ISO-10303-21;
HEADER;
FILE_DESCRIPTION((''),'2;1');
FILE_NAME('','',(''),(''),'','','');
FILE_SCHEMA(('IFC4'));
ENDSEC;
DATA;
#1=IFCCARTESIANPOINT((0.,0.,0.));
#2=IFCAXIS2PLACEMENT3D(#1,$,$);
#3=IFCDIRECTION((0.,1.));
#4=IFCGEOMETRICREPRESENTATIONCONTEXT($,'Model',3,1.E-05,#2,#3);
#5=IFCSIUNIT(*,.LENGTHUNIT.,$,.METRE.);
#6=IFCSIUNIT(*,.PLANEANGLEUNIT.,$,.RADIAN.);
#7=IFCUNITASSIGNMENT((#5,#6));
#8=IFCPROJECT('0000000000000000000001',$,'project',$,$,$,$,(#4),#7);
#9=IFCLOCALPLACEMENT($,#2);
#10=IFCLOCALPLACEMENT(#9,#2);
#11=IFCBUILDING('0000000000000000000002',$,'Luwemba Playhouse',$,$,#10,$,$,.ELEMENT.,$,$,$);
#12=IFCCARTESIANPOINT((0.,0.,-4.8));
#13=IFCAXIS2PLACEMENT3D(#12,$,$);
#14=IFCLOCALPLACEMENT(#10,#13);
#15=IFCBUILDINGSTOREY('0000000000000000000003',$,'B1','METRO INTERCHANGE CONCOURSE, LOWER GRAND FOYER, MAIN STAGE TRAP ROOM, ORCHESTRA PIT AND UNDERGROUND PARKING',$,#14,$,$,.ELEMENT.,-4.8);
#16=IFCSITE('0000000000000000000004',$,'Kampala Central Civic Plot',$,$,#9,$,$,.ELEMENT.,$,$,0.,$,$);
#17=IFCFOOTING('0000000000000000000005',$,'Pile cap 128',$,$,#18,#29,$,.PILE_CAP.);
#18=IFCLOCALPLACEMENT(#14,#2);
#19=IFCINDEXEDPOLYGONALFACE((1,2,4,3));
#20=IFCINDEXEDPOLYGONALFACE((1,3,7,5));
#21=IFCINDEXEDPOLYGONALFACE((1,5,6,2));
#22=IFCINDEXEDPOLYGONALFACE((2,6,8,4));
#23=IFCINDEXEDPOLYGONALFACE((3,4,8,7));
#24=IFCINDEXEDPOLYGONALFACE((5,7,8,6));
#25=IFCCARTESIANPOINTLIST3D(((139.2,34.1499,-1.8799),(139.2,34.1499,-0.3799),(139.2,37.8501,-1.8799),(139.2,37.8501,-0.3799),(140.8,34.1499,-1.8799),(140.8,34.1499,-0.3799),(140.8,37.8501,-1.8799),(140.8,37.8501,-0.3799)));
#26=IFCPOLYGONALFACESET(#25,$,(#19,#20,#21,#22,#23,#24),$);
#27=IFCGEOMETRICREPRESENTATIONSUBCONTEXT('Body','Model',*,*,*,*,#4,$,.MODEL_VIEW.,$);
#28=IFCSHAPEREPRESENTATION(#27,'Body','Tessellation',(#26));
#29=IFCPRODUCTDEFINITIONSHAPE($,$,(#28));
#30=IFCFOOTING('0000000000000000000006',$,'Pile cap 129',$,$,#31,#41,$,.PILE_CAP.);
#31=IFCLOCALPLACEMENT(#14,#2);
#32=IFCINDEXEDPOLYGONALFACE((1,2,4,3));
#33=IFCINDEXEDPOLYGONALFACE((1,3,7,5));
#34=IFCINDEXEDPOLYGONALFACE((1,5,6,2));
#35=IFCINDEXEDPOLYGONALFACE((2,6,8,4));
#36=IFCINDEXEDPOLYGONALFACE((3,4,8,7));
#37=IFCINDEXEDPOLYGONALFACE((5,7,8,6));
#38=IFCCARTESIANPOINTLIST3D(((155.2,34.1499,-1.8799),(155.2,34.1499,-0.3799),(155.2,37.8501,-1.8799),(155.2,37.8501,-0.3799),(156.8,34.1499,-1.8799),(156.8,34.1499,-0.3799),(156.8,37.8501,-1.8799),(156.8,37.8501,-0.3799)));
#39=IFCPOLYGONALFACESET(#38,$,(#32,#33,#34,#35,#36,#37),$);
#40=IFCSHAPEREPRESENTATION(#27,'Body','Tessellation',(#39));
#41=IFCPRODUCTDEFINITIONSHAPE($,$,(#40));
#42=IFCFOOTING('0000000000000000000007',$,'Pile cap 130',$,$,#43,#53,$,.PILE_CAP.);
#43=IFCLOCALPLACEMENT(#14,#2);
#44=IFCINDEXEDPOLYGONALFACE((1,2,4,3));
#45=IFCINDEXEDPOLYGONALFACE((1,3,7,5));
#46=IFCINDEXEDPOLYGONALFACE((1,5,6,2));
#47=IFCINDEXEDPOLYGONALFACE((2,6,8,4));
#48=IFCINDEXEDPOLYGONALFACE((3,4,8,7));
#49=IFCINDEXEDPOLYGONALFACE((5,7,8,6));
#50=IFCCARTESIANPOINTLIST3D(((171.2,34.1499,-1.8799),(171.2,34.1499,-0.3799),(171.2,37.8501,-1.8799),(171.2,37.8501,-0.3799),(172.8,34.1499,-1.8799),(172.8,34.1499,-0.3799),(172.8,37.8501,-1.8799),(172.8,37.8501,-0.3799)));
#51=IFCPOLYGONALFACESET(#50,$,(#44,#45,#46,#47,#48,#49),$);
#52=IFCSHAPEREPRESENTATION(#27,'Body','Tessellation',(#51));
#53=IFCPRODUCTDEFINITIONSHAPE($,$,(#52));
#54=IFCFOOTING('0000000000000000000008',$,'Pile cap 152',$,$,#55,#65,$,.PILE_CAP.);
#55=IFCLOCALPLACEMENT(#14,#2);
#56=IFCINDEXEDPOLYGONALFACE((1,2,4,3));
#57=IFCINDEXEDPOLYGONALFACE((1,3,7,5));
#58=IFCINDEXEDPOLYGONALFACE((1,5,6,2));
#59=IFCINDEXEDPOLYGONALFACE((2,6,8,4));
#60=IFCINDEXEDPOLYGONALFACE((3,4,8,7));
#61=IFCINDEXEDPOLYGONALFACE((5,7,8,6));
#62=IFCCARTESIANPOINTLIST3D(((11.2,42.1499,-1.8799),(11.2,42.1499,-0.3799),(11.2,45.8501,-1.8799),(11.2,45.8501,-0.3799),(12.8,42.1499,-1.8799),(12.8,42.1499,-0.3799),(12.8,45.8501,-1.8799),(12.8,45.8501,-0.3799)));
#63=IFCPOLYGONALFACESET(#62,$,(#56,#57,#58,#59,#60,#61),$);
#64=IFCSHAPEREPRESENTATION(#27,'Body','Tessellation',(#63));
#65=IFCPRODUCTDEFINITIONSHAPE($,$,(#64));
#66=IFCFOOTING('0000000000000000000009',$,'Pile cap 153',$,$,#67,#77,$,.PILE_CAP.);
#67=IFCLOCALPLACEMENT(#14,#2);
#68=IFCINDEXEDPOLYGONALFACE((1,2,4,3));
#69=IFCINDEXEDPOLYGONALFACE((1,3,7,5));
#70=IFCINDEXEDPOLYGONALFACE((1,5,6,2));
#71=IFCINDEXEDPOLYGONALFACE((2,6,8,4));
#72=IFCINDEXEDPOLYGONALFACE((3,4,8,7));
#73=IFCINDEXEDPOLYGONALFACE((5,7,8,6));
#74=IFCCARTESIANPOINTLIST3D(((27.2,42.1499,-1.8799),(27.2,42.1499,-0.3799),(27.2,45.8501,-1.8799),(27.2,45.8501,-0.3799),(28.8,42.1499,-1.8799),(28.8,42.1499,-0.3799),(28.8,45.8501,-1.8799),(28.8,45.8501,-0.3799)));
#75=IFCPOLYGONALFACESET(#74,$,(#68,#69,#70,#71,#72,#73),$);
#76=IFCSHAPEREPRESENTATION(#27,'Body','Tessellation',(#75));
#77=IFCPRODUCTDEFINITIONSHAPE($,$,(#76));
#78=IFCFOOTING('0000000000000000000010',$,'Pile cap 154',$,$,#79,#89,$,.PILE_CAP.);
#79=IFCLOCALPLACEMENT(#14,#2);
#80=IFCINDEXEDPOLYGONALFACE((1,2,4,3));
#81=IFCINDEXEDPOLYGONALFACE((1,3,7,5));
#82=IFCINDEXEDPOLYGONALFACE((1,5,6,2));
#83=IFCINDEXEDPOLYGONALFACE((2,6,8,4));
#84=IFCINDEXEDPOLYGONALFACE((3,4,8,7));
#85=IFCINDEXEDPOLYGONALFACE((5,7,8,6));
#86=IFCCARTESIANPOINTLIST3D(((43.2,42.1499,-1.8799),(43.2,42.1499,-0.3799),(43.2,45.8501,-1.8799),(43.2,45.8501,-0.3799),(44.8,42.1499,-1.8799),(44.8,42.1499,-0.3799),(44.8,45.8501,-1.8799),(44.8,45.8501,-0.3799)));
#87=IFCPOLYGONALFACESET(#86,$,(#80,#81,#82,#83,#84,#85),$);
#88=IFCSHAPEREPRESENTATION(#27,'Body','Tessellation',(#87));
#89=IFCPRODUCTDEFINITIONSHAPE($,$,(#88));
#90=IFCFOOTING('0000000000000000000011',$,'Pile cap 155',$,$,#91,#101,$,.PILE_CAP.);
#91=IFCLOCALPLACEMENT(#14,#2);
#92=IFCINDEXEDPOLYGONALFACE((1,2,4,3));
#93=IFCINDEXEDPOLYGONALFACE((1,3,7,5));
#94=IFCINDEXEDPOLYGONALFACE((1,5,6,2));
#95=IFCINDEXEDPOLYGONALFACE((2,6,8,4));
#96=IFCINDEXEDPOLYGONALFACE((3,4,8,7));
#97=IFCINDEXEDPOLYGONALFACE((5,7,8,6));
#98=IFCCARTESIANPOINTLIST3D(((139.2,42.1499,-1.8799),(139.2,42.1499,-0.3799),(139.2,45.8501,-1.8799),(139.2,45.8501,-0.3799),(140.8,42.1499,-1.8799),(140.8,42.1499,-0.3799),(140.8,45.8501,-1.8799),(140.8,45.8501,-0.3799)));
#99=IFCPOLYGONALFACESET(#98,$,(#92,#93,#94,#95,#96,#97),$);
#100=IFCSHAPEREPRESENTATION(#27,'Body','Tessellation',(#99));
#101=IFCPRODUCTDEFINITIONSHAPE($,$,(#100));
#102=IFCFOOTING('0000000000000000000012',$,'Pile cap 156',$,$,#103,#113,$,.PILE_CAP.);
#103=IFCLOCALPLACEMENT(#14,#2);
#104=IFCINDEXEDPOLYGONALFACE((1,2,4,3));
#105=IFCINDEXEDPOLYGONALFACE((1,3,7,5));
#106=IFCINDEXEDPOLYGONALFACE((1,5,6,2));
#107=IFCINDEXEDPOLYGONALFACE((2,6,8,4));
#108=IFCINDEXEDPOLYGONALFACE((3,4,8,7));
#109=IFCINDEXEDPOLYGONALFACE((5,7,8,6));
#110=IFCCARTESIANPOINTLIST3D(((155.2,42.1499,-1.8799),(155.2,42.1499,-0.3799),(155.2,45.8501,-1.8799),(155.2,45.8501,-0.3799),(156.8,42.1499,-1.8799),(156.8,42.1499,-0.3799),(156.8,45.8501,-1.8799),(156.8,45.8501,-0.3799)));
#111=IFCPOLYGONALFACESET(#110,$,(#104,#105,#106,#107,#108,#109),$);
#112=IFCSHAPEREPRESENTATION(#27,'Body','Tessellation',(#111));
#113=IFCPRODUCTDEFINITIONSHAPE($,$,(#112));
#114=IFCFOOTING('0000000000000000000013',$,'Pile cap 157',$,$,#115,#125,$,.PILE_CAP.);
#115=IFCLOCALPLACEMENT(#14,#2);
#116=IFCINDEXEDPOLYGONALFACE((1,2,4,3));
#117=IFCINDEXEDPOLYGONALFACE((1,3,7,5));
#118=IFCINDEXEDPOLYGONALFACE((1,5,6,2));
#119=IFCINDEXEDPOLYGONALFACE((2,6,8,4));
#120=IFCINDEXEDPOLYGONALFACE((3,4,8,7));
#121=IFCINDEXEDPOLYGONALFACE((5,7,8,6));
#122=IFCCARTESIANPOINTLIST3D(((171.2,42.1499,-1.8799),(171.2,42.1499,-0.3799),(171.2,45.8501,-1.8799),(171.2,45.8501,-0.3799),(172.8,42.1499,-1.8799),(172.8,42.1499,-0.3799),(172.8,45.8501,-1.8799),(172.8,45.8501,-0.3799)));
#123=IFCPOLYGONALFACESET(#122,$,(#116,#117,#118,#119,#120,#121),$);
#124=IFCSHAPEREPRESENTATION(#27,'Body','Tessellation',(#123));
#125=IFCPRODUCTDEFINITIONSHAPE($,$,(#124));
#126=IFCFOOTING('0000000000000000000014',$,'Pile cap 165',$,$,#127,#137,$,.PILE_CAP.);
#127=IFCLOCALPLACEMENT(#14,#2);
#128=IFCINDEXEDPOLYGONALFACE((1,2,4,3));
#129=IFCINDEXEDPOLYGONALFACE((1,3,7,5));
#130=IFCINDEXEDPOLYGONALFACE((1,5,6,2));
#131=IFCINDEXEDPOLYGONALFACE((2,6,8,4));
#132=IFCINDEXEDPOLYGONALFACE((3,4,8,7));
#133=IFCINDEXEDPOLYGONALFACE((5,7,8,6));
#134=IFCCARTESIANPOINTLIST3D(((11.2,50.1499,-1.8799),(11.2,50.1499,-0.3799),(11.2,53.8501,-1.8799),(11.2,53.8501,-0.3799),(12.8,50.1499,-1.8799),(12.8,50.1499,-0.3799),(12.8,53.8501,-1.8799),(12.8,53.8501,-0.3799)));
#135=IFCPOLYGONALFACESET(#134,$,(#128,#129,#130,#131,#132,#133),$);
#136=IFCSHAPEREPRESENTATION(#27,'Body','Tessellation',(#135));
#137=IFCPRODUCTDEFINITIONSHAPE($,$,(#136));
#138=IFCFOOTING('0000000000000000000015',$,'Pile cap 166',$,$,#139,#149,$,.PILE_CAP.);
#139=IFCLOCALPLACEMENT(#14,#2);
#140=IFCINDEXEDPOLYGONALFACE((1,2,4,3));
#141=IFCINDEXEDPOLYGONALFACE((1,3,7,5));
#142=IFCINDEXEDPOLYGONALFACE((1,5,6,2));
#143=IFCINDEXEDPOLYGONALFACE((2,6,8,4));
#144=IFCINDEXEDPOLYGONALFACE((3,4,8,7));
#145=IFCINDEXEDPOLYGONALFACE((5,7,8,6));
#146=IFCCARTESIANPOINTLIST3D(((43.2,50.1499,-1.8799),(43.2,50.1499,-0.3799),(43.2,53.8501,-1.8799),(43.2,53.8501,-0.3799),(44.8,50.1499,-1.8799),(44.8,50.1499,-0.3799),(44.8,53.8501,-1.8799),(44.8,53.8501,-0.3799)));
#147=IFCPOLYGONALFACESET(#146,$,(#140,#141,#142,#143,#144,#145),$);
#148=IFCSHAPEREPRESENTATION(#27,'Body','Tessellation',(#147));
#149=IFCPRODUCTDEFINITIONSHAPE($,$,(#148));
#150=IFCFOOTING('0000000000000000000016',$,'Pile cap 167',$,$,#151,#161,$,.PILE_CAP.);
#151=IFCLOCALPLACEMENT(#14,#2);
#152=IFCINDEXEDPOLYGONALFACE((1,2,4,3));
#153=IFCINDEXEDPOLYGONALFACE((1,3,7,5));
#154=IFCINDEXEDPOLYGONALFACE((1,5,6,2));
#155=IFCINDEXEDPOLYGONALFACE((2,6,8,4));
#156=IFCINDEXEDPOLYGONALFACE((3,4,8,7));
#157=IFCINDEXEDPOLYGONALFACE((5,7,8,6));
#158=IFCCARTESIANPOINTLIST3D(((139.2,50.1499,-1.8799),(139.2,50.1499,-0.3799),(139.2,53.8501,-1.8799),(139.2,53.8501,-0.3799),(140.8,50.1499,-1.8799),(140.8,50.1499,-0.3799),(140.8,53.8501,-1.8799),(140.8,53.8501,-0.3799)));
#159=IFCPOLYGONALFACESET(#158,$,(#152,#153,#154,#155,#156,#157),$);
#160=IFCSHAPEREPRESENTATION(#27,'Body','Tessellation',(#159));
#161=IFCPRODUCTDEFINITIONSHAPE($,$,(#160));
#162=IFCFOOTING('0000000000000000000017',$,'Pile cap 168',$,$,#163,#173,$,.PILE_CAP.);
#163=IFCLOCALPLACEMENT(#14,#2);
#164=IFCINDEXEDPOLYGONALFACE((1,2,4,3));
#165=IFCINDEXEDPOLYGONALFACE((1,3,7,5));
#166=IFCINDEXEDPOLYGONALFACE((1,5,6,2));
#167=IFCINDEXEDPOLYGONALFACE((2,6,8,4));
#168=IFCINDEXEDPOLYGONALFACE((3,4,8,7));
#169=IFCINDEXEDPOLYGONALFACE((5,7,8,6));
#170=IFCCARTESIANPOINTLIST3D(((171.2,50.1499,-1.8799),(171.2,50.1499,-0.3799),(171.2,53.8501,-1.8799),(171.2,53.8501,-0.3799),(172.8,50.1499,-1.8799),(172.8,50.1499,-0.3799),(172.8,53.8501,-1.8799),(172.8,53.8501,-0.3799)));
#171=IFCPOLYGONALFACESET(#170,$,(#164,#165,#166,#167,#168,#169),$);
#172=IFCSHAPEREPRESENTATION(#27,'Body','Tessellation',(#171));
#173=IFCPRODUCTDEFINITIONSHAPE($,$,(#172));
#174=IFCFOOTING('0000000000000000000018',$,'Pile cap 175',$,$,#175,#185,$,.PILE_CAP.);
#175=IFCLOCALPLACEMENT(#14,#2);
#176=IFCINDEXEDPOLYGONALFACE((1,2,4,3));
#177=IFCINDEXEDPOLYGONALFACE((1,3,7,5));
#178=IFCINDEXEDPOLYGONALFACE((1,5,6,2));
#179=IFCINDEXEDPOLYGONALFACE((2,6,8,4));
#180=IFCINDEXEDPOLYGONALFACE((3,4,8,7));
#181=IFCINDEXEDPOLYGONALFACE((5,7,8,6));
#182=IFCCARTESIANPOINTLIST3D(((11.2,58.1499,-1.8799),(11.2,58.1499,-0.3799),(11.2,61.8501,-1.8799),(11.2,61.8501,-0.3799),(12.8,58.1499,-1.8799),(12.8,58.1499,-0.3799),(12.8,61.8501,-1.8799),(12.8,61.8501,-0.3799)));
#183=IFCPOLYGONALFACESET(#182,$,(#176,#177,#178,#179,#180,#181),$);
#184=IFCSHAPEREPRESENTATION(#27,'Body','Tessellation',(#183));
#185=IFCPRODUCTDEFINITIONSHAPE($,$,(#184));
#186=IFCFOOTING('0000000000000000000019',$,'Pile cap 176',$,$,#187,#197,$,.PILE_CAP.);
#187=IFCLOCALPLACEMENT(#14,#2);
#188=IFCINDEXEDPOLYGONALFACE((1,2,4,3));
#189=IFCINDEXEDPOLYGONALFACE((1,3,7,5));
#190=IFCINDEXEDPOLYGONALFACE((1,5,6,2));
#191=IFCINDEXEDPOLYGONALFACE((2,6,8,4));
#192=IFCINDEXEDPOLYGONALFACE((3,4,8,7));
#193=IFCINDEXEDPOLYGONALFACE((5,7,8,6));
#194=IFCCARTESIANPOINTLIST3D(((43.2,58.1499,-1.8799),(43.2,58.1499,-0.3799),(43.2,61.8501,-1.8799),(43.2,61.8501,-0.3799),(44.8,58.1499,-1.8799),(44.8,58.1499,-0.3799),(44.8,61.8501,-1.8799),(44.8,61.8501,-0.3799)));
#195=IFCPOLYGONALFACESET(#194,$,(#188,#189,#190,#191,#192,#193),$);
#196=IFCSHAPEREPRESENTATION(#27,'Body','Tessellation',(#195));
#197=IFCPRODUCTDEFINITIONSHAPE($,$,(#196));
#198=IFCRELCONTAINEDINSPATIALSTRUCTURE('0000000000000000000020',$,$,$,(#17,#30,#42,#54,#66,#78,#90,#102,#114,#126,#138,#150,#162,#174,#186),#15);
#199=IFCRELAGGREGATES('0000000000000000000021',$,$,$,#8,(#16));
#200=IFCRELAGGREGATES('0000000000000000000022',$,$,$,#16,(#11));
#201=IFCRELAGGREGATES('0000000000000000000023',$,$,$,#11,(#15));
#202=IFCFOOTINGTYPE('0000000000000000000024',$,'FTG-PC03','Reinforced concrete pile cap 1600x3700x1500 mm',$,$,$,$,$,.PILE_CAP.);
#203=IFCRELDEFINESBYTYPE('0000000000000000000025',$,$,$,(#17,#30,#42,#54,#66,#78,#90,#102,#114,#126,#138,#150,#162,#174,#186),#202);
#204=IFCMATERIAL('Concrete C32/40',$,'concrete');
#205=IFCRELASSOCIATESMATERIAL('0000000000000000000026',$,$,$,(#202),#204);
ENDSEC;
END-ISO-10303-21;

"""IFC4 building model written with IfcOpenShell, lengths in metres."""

from ifc_helpers import new_model, si_unit, direction, frame, origin, place, context, subcontext, project, spatial, polyline, outline, extrude, material, type_object, element, save


model = new_model("IFC4")

# Units and contexts
model_context = context("Model", 3, precision=1e-05, world=origin(), true_north=direction((0.0, 1.0)))
body_context = subcontext(model_context, "Body", "Model", "MODEL_VIEW")
ifc_project = project(units=[si_unit("LENGTHUNIT", "METRE"), si_unit("PLANEANGLEUNIT", "RADIAN")], contexts=[model_context])

# Site, building, storey
site_placement = place(None, origin())
site = spatial("IfcSite", under=ifc_project, at=site_placement, Name="Kampala Central Civic Plot", CompositionType="ELEMENT", RefElevation=0.0)
building_placement = place(site_placement, origin())
building = spatial("IfcBuilding", under=site, at=building_placement, Name="Luwemba Playhouse", CompositionType="ELEMENT")
storey_placement = place(building_placement, frame((0.0, 0.0, -4.8)))
storey = spatial("IfcBuildingStorey", under=building, at=storey_placement, Name="B1", Description="METRO INTERCHANGE CONCOURSE, LOWER GRAND FOYER, MAIN STAGE TRAP ROOM, ORCHESTRA PIT AND UNDERGROUND PARKING", CompositionType="ELEMENT", Elevation=-4.8)

# Footings
ifc_material = material(Name="Concrete C32/40", Category="concrete")
footing_type_1 = type_object("IfcFootingType", Name="FTG-PC03", Description="Reinforced concrete pile cap 1600x3700x1500 mm", PredefinedType="PILE_CAP", material=ifc_material)
footing_1_placement = place(storey_placement, frame((0.0, 0.0, -1.8799)))
element("IfcFooting", 1, at=footing_1_placement, inside=storey, type_object=footing_type_1, Name="Pile cap 128", PredefinedType="PILE_CAP", context=body_context, shape_type="SweptSolid", body=[
    extrude(outline(polyline([(139.2, 34.1499), (140.8, 34.1499), (140.8, 37.8501), (139.2, 37.8501), (139.2, 34.1499)])), origin(), (0.0, 0.0, 1.0), 1.5),
])
footing_2_placement = place(storey_placement, frame((0.0, 0.0, -1.8799)))
element("IfcFooting", 2, at=footing_2_placement, inside=storey, type_object=footing_type_1, Name="Pile cap 129", PredefinedType="PILE_CAP", context=body_context, shape_type="SweptSolid", body=[
    extrude(outline(polyline([(155.2, 34.1499), (156.8, 34.1499), (156.8, 37.8501), (155.2, 37.8501), (155.2, 34.1499)])), origin(), (0.0, 0.0, 1.0), 1.5),
])
footing_3_placement = place(storey_placement, frame((0.0, 0.0, -1.8799)))
element("IfcFooting", 3, at=footing_3_placement, inside=storey, type_object=footing_type_1, Name="Pile cap 130", PredefinedType="PILE_CAP", context=body_context, shape_type="SweptSolid", body=[
    extrude(outline(polyline([(171.2, 34.1499), (172.8, 34.1499), (172.8, 37.8501), (171.2, 37.8501), (171.2, 34.1499)])), origin(), (0.0, 0.0, 1.0), 1.5),
])
footing_4_placement = place(storey_placement, frame((0.0, 0.0, -1.8799)))
element("IfcFooting", 4, at=footing_4_placement, inside=storey, type_object=footing_type_1, Name="Pile cap 152", PredefinedType="PILE_CAP", context=body_context, shape_type="SweptSolid", body=[
    extrude(outline(polyline([(11.2, 42.1499), (12.8, 42.1499), (12.8, 45.8501), (11.2, 45.8501), (11.2, 42.1499)])), origin(), (0.0, 0.0, 1.0), 1.5),
])
footing_5_placement = place(storey_placement, frame((0.0, 0.0, -1.8799)))
element("IfcFooting", 5, at=footing_5_placement, inside=storey, type_object=footing_type_1, Name="Pile cap 153", PredefinedType="PILE_CAP", context=body_context, shape_type="SweptSolid", body=[
    extrude(outline(polyline([(27.2, 42.1499), (28.8, 42.1499), (28.8, 45.8501), (27.2, 45.8501), (27.2, 42.1499)])), origin(), (0.0, 0.0, 1.0), 1.5),
])
footing_6_placement = place(storey_placement, frame((0.0, 0.0, -1.8799)))
element("IfcFooting", 6, at=footing_6_placement, inside=storey, type_object=footing_type_1, Name="Pile cap 154", PredefinedType="PILE_CAP", context=body_context, shape_type="SweptSolid", body=[
    extrude(outline(polyline([(43.2, 42.1499), (44.8, 42.1499), (44.8, 45.8501), (43.2, 45.8501), (43.2, 42.1499)])), origin(), (0.0, 0.0, 1.0), 1.5),
])
footing_7_placement = place(storey_placement, frame((0.0, 0.0, -1.8799)))
element("IfcFooting", 7, at=footing_7_placement, inside=storey, type_object=footing_type_1, Name="Pile cap 155", PredefinedType="PILE_CAP", context=body_context, shape_type="SweptSolid", body=[
    extrude(outline(polyline([(139.2, 42.1499), (140.8, 42.1499), (140.8, 45.8501), (139.2, 45.8501), (139.2, 42.1499)])), origin(), (0.0, 0.0, 1.0), 1.5),
])
footing_8_placement = place(storey_placement, frame((0.0, 0.0, -1.8799)))
element("IfcFooting", 8, at=footing_8_placement, inside=storey, type_object=footing_type_1, Name="Pile cap 156", PredefinedType="PILE_CAP", context=body_context, shape_type="SweptSolid", body=[
    extrude(outline(polyline([(155.2, 42.1499), (156.8, 42.1499), (156.8, 45.8501), (155.2, 45.8501), (155.2, 42.1499)])), origin(), (0.0, 0.0, 1.0), 1.5),
])
footing_9_placement = place(storey_placement, frame((0.0, 0.0, -1.8799)))
element("IfcFooting", 9, at=footing_9_placement, inside=storey, type_object=footing_type_1, Name="Pile cap 157", PredefinedType="PILE_CAP", context=body_context, shape_type="SweptSolid", body=[
    extrude(outline(polyline([(171.2, 42.1499), (172.8, 42.1499), (172.8, 45.8501), (171.2, 45.8501), (171.2, 42.1499)])), origin(), (0.0, 0.0, 1.0), 1.5),
])
footing_10_placement = place(storey_placement, frame((0.0, 0.0, -1.8799)))
element("IfcFooting", 10, at=footing_10_placement, inside=storey, type_object=footing_type_1, Name="Pile cap 165", PredefinedType="PILE_CAP", context=body_context, shape_type="SweptSolid", body=[
    extrude(outline(polyline([(11.2, 50.1499), (12.8, 50.1499), (12.8, 53.8501), (11.2, 53.8501), (11.2, 50.1499)])), origin(), (0.0, 0.0, 1.0), 1.5),
])
footing_11_placement = place(storey_placement, frame((0.0, 0.0, -1.8799)))
element("IfcFooting", 11, at=footing_11_placement, inside=storey, type_object=footing_type_1, Name="Pile cap 166", PredefinedType="PILE_CAP", context=body_context, shape_type="SweptSolid", body=[
    extrude(outline(polyline([(43.2, 50.1499), (44.8, 50.1499), (44.8, 53.8501), (43.2, 53.8501), (43.2, 50.1499)])), origin(), (0.0, 0.0, 1.0), 1.5),
])
footing_12_placement = place(storey_placement, frame((0.0, 0.0, -1.8799)))
element("IfcFooting", 12, at=footing_12_placement, inside=storey, type_object=footing_type_1, Name="Pile cap 167", PredefinedType="PILE_CAP", context=body_context, shape_type="SweptSolid", body=[
    extrude(outline(polyline([(139.2, 50.1499), (140.8, 50.1499), (140.8, 53.8501), (139.2, 53.8501), (139.2, 50.1499)])), origin(), (0.0, 0.0, 1.0), 1.5),
])
footing_13_placement = place(storey_placement, frame((0.0, 0.0, -1.8799)))
element("IfcFooting", 13, at=footing_13_placement, inside=storey, type_object=footing_type_1, Name="Pile cap 168", PredefinedType="PILE_CAP", context=body_context, shape_type="SweptSolid", body=[
    extrude(outline(polyline([(171.2, 50.1499), (172.8, 50.1499), (172.8, 53.8501), (171.2, 53.8501), (171.2, 50.1499)])), origin(), (0.0, 0.0, 1.0), 1.5),
])
footing_14_placement = place(storey_placement, frame((0.0, 0.0, -1.8799)))
element("IfcFooting", 14, at=footing_14_placement, inside=storey, type_object=footing_type_1, Name="Pile cap 175", PredefinedType="PILE_CAP", context=body_context, shape_type="SweptSolid", body=[
    extrude(outline(polyline([(11.2, 58.1499), (12.8, 58.1499), (12.8, 61.8501), (11.2, 61.8501), (11.2, 58.1499)])), origin(), (0.0, 0.0, 1.0), 1.5),
])
footing_15_placement = place(storey_placement, frame((0.0, 0.0, -1.8799)))
element("IfcFooting", 15, at=footing_15_placement, inside=storey, type_object=footing_type_1, Name="Pile cap 176", PredefinedType="PILE_CAP", context=body_context, shape_type="SweptSolid", body=[
    extrude(outline(polyline([(43.2, 58.1499), (44.8, 58.1499), (44.8, 61.8501), (43.2, 61.8501), (43.2, 58.1499)])), origin(), (0.0, 0.0, 1.0), 1.5),
])

save(model, "model.ifc")
